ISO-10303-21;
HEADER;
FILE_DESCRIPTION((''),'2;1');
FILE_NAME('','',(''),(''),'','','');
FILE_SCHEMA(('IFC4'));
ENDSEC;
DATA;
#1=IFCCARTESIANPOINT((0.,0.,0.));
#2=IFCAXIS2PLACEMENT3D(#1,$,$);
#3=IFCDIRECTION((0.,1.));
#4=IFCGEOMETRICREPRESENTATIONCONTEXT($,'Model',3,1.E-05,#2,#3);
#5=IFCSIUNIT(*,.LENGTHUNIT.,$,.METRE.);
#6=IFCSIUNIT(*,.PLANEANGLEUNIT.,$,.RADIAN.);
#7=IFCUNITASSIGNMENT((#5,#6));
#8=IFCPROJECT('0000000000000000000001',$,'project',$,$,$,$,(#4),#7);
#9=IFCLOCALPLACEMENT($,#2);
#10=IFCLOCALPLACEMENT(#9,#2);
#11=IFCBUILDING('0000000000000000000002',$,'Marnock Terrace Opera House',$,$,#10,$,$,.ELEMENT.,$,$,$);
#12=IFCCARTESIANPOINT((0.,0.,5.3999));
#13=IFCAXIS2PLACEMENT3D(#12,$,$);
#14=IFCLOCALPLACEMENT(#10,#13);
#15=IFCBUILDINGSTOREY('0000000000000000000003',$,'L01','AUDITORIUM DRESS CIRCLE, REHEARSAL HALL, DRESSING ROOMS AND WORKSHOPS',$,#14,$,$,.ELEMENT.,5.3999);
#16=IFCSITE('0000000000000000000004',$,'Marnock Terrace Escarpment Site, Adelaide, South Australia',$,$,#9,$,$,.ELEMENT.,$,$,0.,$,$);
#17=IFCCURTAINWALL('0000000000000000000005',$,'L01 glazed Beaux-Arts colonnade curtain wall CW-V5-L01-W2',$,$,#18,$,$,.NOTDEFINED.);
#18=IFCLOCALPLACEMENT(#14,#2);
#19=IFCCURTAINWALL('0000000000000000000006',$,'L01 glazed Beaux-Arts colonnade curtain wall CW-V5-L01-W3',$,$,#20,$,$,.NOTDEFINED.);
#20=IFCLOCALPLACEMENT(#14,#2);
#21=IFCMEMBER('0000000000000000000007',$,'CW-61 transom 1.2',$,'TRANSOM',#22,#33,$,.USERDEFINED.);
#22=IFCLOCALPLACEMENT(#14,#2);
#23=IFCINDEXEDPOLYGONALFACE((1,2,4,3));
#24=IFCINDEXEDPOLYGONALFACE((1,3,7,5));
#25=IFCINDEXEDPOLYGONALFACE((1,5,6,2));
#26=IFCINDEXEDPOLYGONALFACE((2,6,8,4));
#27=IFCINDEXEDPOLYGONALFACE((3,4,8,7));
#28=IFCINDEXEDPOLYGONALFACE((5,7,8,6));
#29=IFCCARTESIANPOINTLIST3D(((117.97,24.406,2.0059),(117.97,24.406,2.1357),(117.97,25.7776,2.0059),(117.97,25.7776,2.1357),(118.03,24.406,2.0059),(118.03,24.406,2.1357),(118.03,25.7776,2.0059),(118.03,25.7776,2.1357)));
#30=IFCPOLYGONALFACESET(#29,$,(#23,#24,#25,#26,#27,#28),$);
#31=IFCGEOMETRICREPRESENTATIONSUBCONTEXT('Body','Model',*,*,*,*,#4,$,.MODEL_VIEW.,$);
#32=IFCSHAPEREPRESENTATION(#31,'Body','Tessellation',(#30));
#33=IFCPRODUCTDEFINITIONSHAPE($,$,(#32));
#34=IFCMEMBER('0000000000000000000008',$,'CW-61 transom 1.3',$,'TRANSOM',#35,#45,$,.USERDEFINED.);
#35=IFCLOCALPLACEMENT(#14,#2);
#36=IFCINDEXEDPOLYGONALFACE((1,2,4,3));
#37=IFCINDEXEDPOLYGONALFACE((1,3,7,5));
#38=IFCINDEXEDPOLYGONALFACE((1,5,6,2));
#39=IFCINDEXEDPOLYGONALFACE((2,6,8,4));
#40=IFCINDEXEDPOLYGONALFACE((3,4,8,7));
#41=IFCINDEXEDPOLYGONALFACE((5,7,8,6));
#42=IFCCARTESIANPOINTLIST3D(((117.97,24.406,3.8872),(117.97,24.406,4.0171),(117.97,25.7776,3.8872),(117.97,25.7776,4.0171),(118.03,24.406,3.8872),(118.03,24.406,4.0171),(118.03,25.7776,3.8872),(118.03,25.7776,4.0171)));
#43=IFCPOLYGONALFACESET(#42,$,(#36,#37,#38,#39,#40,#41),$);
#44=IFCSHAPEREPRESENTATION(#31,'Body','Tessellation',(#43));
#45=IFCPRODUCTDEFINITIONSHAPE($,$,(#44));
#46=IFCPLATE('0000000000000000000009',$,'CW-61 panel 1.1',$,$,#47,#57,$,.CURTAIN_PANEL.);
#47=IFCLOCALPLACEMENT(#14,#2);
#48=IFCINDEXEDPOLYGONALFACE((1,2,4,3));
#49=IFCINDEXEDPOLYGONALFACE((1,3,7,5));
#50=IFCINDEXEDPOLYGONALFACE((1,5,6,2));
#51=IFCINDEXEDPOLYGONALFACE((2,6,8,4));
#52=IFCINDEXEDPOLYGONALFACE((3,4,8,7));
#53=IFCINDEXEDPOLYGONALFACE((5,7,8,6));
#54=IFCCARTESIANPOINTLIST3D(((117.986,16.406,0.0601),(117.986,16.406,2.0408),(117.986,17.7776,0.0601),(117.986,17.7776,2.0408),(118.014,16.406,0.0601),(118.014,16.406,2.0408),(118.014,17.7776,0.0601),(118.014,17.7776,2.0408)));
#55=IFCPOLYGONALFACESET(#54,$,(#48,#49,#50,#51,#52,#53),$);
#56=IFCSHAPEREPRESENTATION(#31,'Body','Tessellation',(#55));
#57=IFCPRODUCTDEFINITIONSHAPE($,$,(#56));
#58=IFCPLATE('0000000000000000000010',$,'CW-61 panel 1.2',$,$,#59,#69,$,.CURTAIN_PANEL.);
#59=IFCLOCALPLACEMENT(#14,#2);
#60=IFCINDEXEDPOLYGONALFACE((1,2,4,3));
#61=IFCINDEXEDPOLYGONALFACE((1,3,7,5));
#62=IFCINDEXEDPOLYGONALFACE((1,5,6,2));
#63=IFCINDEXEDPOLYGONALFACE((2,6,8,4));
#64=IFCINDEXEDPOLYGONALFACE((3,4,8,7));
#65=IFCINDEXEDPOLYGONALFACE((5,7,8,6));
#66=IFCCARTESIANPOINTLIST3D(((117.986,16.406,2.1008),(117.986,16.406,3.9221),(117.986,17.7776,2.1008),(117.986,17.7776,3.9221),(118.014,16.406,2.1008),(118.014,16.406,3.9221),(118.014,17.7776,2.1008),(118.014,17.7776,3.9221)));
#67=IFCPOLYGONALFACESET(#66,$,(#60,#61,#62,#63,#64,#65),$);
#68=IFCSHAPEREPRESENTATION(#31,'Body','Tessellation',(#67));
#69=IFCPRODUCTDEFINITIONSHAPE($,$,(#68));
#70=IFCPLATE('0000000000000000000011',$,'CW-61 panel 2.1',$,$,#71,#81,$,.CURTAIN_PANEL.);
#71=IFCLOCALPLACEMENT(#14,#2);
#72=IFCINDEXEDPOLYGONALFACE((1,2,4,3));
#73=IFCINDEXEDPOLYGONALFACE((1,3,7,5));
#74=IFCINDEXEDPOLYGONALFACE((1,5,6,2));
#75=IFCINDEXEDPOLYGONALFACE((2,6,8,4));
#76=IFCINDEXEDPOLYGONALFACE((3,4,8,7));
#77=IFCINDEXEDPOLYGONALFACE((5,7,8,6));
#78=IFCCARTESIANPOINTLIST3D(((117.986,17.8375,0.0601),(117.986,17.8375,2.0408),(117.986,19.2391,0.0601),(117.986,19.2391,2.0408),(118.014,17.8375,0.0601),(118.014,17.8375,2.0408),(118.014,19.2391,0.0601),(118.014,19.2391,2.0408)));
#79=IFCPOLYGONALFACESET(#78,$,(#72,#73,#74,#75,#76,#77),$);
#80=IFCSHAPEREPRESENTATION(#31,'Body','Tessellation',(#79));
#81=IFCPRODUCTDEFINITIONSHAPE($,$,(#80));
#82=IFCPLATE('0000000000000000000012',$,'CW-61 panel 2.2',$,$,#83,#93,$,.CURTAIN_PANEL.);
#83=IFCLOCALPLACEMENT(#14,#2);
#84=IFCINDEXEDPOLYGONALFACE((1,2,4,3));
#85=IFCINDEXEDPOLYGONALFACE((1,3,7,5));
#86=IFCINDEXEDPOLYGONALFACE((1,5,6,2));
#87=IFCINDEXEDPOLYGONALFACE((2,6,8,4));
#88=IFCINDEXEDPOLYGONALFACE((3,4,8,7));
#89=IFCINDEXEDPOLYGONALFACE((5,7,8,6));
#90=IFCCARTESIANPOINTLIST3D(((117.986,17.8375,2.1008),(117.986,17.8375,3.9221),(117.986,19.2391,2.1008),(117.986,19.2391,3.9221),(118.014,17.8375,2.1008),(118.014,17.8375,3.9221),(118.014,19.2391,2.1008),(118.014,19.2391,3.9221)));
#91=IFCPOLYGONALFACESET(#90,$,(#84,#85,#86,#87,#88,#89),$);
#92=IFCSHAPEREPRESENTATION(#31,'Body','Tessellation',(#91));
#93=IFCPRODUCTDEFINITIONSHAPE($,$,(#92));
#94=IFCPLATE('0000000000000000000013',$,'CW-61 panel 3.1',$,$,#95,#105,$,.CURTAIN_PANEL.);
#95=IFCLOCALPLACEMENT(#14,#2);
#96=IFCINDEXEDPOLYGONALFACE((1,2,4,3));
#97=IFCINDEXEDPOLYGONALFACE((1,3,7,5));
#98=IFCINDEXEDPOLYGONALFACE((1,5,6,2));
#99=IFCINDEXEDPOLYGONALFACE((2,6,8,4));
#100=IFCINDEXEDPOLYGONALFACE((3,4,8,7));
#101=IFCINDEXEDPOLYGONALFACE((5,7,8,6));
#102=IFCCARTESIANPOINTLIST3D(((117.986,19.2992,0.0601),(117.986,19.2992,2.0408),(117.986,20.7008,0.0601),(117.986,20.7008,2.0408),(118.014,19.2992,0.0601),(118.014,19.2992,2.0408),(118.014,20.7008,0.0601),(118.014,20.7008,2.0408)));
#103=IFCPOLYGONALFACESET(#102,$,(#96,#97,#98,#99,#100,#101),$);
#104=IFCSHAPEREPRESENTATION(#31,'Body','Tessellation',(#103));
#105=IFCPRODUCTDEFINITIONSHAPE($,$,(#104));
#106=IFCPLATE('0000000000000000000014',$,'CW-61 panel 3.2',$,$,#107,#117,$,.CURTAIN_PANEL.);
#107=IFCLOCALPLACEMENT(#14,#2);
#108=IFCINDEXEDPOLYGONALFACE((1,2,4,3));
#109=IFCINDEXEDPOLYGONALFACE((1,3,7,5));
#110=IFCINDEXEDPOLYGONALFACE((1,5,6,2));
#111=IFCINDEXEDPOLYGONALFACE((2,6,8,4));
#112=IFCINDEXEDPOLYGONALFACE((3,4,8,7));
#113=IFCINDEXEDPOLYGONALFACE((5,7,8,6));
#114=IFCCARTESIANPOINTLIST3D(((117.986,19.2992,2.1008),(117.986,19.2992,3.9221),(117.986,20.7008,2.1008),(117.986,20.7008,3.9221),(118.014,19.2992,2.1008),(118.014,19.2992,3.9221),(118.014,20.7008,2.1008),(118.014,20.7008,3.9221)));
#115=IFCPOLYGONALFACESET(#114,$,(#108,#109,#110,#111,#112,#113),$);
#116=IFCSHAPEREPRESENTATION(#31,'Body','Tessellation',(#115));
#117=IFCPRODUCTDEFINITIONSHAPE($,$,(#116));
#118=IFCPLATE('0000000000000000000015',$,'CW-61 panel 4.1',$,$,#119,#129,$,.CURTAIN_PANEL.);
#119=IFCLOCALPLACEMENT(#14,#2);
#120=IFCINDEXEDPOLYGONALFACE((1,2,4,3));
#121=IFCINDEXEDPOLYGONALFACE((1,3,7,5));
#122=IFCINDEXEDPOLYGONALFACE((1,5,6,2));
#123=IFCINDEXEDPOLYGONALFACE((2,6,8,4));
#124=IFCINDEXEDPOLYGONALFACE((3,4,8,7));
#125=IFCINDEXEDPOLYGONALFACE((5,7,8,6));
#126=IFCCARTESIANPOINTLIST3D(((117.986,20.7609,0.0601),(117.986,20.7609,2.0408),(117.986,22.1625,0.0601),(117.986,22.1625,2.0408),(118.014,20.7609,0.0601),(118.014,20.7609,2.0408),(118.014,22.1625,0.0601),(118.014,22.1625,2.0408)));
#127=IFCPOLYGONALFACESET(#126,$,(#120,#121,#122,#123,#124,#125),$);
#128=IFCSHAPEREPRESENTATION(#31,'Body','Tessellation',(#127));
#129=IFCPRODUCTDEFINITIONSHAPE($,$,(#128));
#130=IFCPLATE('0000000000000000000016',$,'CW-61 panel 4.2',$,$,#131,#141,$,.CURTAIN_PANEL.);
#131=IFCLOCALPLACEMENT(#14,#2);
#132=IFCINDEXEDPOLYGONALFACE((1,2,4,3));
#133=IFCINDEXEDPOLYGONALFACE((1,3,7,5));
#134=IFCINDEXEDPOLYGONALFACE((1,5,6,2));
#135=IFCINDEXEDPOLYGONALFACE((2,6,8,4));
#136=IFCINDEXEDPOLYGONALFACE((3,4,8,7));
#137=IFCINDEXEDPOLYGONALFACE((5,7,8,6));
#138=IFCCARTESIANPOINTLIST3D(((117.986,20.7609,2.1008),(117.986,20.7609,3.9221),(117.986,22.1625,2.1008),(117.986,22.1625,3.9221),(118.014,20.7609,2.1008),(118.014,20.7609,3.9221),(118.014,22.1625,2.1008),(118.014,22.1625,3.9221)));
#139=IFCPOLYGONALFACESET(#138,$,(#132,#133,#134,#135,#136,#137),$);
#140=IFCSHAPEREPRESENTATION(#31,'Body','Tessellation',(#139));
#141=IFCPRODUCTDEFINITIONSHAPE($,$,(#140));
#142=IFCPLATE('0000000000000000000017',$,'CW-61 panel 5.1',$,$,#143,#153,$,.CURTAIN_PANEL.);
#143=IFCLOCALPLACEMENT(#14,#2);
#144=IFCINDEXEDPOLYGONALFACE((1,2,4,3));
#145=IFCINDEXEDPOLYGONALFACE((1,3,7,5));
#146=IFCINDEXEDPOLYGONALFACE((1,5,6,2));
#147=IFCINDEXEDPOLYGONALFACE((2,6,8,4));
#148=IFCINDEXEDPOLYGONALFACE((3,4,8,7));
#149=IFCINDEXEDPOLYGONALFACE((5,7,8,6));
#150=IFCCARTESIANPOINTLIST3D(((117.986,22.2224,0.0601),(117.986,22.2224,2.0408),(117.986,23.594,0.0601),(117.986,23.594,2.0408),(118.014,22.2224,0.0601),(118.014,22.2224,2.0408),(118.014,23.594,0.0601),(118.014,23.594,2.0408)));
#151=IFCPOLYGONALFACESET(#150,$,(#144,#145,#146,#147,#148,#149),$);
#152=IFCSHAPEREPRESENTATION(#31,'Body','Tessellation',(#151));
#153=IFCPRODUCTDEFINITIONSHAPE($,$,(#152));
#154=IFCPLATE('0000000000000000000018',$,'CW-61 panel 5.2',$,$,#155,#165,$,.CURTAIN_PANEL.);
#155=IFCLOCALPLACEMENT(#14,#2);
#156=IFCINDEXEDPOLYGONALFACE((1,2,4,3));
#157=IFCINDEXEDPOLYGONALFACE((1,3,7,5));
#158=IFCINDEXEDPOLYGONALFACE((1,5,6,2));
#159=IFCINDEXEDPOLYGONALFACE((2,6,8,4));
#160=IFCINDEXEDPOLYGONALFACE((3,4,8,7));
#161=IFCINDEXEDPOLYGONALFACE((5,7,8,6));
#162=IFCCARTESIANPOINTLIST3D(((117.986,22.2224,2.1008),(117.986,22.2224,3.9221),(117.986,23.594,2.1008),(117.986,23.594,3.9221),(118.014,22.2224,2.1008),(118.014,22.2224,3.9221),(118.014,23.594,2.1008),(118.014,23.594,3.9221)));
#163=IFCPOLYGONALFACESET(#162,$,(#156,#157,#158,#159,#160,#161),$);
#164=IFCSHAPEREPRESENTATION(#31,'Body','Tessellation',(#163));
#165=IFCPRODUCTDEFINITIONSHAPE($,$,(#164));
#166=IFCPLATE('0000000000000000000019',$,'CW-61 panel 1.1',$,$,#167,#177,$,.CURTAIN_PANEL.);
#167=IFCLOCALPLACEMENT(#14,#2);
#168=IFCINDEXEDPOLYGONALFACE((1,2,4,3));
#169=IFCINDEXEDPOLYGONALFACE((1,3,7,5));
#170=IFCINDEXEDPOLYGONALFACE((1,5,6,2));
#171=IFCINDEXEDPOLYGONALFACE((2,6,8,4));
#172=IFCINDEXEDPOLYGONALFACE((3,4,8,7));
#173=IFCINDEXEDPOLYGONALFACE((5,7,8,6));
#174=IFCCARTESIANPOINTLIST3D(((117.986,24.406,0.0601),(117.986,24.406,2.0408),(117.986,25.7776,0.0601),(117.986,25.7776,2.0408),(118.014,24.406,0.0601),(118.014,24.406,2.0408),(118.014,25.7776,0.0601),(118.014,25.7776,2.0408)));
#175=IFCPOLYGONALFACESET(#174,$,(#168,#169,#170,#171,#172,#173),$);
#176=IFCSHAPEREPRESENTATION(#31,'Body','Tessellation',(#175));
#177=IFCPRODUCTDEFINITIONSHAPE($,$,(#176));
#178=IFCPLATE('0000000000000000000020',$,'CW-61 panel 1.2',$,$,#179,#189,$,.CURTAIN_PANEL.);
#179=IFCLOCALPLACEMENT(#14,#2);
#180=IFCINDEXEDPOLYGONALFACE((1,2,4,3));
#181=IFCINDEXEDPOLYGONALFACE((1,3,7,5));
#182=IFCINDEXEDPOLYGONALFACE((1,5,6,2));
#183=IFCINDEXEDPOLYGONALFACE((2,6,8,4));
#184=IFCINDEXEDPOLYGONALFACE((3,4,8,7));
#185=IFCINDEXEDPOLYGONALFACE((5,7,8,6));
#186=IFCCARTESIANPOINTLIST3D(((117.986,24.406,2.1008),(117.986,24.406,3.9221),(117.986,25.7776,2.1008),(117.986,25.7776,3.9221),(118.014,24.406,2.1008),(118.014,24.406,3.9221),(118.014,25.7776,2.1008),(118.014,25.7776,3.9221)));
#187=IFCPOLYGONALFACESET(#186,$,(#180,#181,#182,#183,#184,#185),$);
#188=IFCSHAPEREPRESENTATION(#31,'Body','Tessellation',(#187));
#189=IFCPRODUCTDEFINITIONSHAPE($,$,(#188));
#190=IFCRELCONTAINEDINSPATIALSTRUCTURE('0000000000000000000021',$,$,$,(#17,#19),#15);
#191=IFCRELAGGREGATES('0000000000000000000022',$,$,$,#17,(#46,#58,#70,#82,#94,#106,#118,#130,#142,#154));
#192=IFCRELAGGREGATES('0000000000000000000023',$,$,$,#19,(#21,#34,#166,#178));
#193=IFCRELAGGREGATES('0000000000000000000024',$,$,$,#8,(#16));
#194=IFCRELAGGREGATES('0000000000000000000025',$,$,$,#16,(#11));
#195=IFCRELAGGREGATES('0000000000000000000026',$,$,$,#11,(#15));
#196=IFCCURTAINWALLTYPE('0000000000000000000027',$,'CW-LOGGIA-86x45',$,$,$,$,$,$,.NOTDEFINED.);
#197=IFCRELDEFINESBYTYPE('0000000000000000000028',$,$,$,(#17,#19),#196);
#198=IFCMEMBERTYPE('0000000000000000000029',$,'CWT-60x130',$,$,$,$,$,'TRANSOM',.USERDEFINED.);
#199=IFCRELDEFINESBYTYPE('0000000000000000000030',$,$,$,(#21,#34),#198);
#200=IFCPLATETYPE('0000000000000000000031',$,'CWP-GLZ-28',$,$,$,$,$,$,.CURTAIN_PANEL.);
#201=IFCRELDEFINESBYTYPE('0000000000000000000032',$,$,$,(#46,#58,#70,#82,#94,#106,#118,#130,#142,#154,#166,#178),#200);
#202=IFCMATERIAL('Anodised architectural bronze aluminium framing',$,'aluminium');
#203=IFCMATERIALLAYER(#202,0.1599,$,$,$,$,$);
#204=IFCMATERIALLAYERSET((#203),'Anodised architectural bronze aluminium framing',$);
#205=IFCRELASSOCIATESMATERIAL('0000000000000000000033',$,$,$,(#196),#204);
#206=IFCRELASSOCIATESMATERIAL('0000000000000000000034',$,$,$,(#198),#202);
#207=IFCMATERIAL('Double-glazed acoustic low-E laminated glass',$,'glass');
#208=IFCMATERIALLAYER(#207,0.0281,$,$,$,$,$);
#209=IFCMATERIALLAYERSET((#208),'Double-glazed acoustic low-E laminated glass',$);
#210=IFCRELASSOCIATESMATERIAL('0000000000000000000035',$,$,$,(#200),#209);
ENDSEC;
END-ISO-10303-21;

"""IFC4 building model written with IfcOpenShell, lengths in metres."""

from ifc_helpers import new_model, si_unit, direction, frame, origin, origin_2d, place, context, subcontext, project, spatial, rectangle, extrude, material, layer, layer_set, material_profile, profile_set, type_object, element, aggregate, save


model = new_model("IFC4")

# Units and contexts
model_context = context("Model", 3, precision=1e-05, world=origin(), true_north=direction((0.0, 1.0)))
body_context = subcontext(model_context, "Body", "Model", "MODEL_VIEW")
ifc_project = project(units=[si_unit("LENGTHUNIT", "METRE"), si_unit("PLANEANGLEUNIT", "RADIAN")], contexts=[model_context])

# Site, building, storey
site_placement = place(None, origin())
site = spatial("IfcSite", under=ifc_project, at=site_placement, Name="Marnock Terrace Escarpment Site, Adelaide, South Australia", CompositionType="ELEMENT", RefElevation=0.0)
building_placement = place(site_placement, origin())
building = spatial("IfcBuilding", under=site, at=building_placement, Name="Marnock Terrace Opera House", CompositionType="ELEMENT")
storey_placement = place(building_placement, frame((0.0, 0.0, 5.3999)))
storey = spatial("IfcBuildingStorey", under=building, at=storey_placement, Name="L01", Description="AUDITORIUM DRESS CIRCLE, REHEARSAL HALL, DRESSING ROOMS AND WORKSHOPS", CompositionType="ELEMENT", Elevation=5.3999)

# Curtain wall
ifc_material_1 = material(Name="Anodised architectural bronze aluminium framing", Category="aluminium")
ifc_layer_1 = layer(ifc_material_1, 0.1599)
ifc_layer_set_1 = layer_set([ifc_layer_1], Name="Anodised architectural bronze aluminium framing")
curtain_wall_type_1 = type_object("IfcCurtainWallType", Name="CW-LOGGIA-86x45", PredefinedType="NOTDEFINED", material=ifc_layer_set_1)
curtain_wall_1_placement = place(storey_placement, origin())
curtain_wall_1 = element("IfcCurtainWall", 1, at=curtain_wall_1_placement, inside=storey, type_object=curtain_wall_type_1, Name="L01 glazed Beaux-Arts colonnade curtain wall CW-V5-L01-W2", PredefinedType="NOTDEFINED")

# Curtain wall
curtain_wall_2_placement = place(storey_placement, origin())
curtain_wall_2 = element("IfcCurtainWall", 2, at=curtain_wall_2_placement, inside=storey, type_object=curtain_wall_type_1, Name="L01 glazed Beaux-Arts colonnade curtain wall CW-V5-L01-W3", PredefinedType="NOTDEFINED")
ifc_material_profile_1 = material_profile(ifc_material_1, rectangle(XDim=0.0601, YDim=0.1299, at=origin_2d()))
ifc_profile_set_1 = profile_set([ifc_material_profile_1], Name="Anodised architectural bronze aluminium framing")
member_type_1 = type_object("IfcMemberType", Name="CWT-60x130", ElementType="TRANSOM", PredefinedType="USERDEFINED", material=ifc_profile_set_1)

# Members
member_1_placement = place(storey_placement, frame((118.0, 24.406, 2.0708), z_axis=(0.0, 1.0, 0.0), x_axis=(-1.0, 0.0, 0.0)))
member_1 = element("IfcMember", 3, at=member_1_placement, type_object=member_type_1, Name="CW-61 transom 1.2", ObjectType="TRANSOM", PredefinedType="USERDEFINED", context=body_context, shape_type="SweptSolid", body=[
    extrude(rectangle(XDim=0.0601, YDim=0.1299, at=origin_2d()), origin(), (0.0, 0.0, 1.0), 1.3716),
])
member_2_placement = place(storey_placement, frame((118.0, 24.406, 3.9521), z_axis=(0.0, 1.0, 0.0), x_axis=(-1.0, 0.0, 0.0)))
member_2 = element("IfcMember", 4, at=member_2_placement, type_object=member_type_1, Name="CW-61 transom 1.3", ObjectType="TRANSOM", PredefinedType="USERDEFINED", context=body_context, shape_type="SweptSolid", body=[
    extrude(rectangle(XDim=0.0601, YDim=0.1299, at=origin_2d()), origin(), (0.0, 0.0, 1.0), 1.3716),
])

# Plates
ifc_material_2 = material(Name="Double-glazed acoustic low-E laminated glass", Category="glass")
ifc_layer_2 = layer(ifc_material_2, 0.0281)
ifc_layer_set_2 = layer_set([ifc_layer_2], Name="Double-glazed acoustic low-E laminated glass")
plate_type = type_object("IfcPlateType", Name="CWP-GLZ-28", PredefinedType="CURTAIN_PANEL", material=ifc_layer_set_2)
plate_1_placement = place(storey_placement, frame((118.0, 17.0918, 0.0601), z_axis=(0.0, 0.0, 1.0), x_axis=(0.0, 1.0, 0.0)))
plate_1 = element("IfcPlate", 5, at=plate_1_placement, type_object=plate_type, Name="CW-61 panel 1.1", PredefinedType="CURTAIN_PANEL", context=body_context, shape_type="SweptSolid", body=[
    extrude(rectangle(XDim=1.3716, YDim=0.0281, at=origin_2d()), origin(), (0.0, 0.0, 1.0), 1.9807),
])
plate_2_placement = place(storey_placement, frame((118.0, 17.0918, 2.1008), z_axis=(0.0, 0.0, 1.0), x_axis=(0.0, 1.0, 0.0)))
plate_2 = element("IfcPlate", 6, at=plate_2_placement, type_object=plate_type, Name="CW-61 panel 1.2", PredefinedType="CURTAIN_PANEL", context=body_context, shape_type="SweptSolid", body=[
    extrude(rectangle(XDim=1.3716, YDim=0.0281, at=origin_2d()), origin(), (0.0, 0.0, 1.0), 1.8213),
])
plate_3_placement = place(storey_placement, frame((118.0, 18.5383, 0.0601), z_axis=(0.0, 0.0, 1.0), x_axis=(0.0, 1.0, 0.0)))
plate_3 = element("IfcPlate", 7, at=plate_3_placement, type_object=plate_type, Name="CW-61 panel 2.1", PredefinedType="CURTAIN_PANEL", context=body_context, shape_type="SweptSolid", body=[
    extrude(rectangle(XDim=1.4016, YDim=0.0281, at=origin_2d()), origin(), (0.0, 0.0, 1.0), 1.9807),
])
plate_4_placement = place(storey_placement, frame((118.0, 18.5383, 2.1008), z_axis=(0.0, 0.0, 1.0), x_axis=(0.0, 1.0, 0.0)))
plate_4 = element("IfcPlate", 8, at=plate_4_placement, type_object=plate_type, Name="CW-61 panel 2.2", PredefinedType="CURTAIN_PANEL", context=body_context, shape_type="SweptSolid", body=[
    extrude(rectangle(XDim=1.4016, YDim=0.0281, at=origin_2d()), origin(), (0.0, 0.0, 1.0), 1.8213),
])
plate_5_placement = place(storey_placement, frame((118.0, 20.0, 0.0601), z_axis=(0.0, 0.0, 1.0), x_axis=(0.0, 1.0, 0.0)))
plate_5 = element("IfcPlate", 9, at=plate_5_placement, type_object=plate_type, Name="CW-61 panel 3.1", PredefinedType="CURTAIN_PANEL", context=body_context, shape_type="SweptSolid", body=[
    extrude(rectangle(XDim=1.4016, YDim=0.0281, at=origin_2d()), origin(), (0.0, 0.0, 1.0), 1.9807),
])
plate_6_placement = place(storey_placement, frame((118.0, 20.0, 2.1008), z_axis=(0.0, 0.0, 1.0), x_axis=(0.0, 1.0, 0.0)))
plate_6 = element("IfcPlate", 10, at=plate_6_placement, type_object=plate_type, Name="CW-61 panel 3.2", PredefinedType="CURTAIN_PANEL", context=body_context, shape_type="SweptSolid", body=[
    extrude(rectangle(XDim=1.4016, YDim=0.0281, at=origin_2d()), origin(), (0.0, 0.0, 1.0), 1.8213),
])
plate_7_placement = place(storey_placement, frame((118.0, 21.4617, 0.0601), z_axis=(0.0, 0.0, 1.0), x_axis=(0.0, 1.0, 0.0)))
plate_7 = element("IfcPlate", 11, at=plate_7_placement, type_object=plate_type, Name="CW-61 panel 4.1", PredefinedType="CURTAIN_PANEL", context=body_context, shape_type="SweptSolid", body=[
    extrude(rectangle(XDim=1.4016, YDim=0.0281, at=origin_2d()), origin(), (0.0, 0.0, 1.0), 1.9807),
])
plate_8_placement = place(storey_placement, frame((118.0, 21.4617, 2.1008), z_axis=(0.0, 0.0, 1.0), x_axis=(0.0, 1.0, 0.0)))
plate_8 = element("IfcPlate", 12, at=plate_8_placement, type_object=plate_type, Name="CW-61 panel 4.2", PredefinedType="CURTAIN_PANEL", context=body_context, shape_type="SweptSolid", body=[
    extrude(rectangle(XDim=1.4016, YDim=0.0281, at=origin_2d()), origin(), (0.0, 0.0, 1.0), 1.8213),
])
plate_9_placement = place(storey_placement, frame((118.0, 22.9082, 0.0601), z_axis=(0.0, 0.0, 1.0), x_axis=(0.0, 1.0, 0.0)))
plate_9 = element("IfcPlate", 13, at=plate_9_placement, type_object=plate_type, Name="CW-61 panel 5.1", PredefinedType="CURTAIN_PANEL", context=body_context, shape_type="SweptSolid", body=[
    extrude(rectangle(XDim=1.3716, YDim=0.0281, at=origin_2d()), origin(), (0.0, 0.0, 1.0), 1.9807),
])
plate_10_placement = place(storey_placement, frame((118.0, 22.9082, 2.1008), z_axis=(0.0, 0.0, 1.0), x_axis=(0.0, 1.0, 0.0)))
plate_10 = element("IfcPlate", 14, at=plate_10_placement, type_object=plate_type, Name="CW-61 panel 5.2", PredefinedType="CURTAIN_PANEL", context=body_context, shape_type="SweptSolid", body=[
    extrude(rectangle(XDim=1.3716, YDim=0.0281, at=origin_2d()), origin(), (0.0, 0.0, 1.0), 1.8213),
])
aggregate(curtain_wall_1, [plate_1, plate_2, plate_3, plate_4, plate_5, plate_6, plate_7, plate_8, plate_9, plate_10])
plate_11_placement = place(storey_placement, frame((118.0, 25.0918, 0.0601), z_axis=(0.0, 0.0, 1.0), x_axis=(0.0, 1.0, 0.0)))
plate_11 = element("IfcPlate", 15, at=plate_11_placement, type_object=plate_type, Name="CW-61 panel 1.1", PredefinedType="CURTAIN_PANEL", context=body_context, shape_type="SweptSolid", body=[
    extrude(rectangle(XDim=1.3716, YDim=0.0281, at=origin_2d()), origin(), (0.0, 0.0, 1.0), 1.9807),
])
plate_12_placement = place(storey_placement, frame((118.0, 25.0918, 2.1008), z_axis=(0.0, 0.0, 1.0), x_axis=(0.0, 1.0, 0.0)))
plate_12 = element("IfcPlate", 16, at=plate_12_placement, type_object=plate_type, Name="CW-61 panel 1.2", PredefinedType="CURTAIN_PANEL", context=body_context, shape_type="SweptSolid", body=[
    extrude(rectangle(XDim=1.3716, YDim=0.0281, at=origin_2d()), origin(), (0.0, 0.0, 1.0), 1.8213),
])
aggregate(curtain_wall_2, [member_1, member_2, plate_11, plate_12])

save(model, "model.ifc")
